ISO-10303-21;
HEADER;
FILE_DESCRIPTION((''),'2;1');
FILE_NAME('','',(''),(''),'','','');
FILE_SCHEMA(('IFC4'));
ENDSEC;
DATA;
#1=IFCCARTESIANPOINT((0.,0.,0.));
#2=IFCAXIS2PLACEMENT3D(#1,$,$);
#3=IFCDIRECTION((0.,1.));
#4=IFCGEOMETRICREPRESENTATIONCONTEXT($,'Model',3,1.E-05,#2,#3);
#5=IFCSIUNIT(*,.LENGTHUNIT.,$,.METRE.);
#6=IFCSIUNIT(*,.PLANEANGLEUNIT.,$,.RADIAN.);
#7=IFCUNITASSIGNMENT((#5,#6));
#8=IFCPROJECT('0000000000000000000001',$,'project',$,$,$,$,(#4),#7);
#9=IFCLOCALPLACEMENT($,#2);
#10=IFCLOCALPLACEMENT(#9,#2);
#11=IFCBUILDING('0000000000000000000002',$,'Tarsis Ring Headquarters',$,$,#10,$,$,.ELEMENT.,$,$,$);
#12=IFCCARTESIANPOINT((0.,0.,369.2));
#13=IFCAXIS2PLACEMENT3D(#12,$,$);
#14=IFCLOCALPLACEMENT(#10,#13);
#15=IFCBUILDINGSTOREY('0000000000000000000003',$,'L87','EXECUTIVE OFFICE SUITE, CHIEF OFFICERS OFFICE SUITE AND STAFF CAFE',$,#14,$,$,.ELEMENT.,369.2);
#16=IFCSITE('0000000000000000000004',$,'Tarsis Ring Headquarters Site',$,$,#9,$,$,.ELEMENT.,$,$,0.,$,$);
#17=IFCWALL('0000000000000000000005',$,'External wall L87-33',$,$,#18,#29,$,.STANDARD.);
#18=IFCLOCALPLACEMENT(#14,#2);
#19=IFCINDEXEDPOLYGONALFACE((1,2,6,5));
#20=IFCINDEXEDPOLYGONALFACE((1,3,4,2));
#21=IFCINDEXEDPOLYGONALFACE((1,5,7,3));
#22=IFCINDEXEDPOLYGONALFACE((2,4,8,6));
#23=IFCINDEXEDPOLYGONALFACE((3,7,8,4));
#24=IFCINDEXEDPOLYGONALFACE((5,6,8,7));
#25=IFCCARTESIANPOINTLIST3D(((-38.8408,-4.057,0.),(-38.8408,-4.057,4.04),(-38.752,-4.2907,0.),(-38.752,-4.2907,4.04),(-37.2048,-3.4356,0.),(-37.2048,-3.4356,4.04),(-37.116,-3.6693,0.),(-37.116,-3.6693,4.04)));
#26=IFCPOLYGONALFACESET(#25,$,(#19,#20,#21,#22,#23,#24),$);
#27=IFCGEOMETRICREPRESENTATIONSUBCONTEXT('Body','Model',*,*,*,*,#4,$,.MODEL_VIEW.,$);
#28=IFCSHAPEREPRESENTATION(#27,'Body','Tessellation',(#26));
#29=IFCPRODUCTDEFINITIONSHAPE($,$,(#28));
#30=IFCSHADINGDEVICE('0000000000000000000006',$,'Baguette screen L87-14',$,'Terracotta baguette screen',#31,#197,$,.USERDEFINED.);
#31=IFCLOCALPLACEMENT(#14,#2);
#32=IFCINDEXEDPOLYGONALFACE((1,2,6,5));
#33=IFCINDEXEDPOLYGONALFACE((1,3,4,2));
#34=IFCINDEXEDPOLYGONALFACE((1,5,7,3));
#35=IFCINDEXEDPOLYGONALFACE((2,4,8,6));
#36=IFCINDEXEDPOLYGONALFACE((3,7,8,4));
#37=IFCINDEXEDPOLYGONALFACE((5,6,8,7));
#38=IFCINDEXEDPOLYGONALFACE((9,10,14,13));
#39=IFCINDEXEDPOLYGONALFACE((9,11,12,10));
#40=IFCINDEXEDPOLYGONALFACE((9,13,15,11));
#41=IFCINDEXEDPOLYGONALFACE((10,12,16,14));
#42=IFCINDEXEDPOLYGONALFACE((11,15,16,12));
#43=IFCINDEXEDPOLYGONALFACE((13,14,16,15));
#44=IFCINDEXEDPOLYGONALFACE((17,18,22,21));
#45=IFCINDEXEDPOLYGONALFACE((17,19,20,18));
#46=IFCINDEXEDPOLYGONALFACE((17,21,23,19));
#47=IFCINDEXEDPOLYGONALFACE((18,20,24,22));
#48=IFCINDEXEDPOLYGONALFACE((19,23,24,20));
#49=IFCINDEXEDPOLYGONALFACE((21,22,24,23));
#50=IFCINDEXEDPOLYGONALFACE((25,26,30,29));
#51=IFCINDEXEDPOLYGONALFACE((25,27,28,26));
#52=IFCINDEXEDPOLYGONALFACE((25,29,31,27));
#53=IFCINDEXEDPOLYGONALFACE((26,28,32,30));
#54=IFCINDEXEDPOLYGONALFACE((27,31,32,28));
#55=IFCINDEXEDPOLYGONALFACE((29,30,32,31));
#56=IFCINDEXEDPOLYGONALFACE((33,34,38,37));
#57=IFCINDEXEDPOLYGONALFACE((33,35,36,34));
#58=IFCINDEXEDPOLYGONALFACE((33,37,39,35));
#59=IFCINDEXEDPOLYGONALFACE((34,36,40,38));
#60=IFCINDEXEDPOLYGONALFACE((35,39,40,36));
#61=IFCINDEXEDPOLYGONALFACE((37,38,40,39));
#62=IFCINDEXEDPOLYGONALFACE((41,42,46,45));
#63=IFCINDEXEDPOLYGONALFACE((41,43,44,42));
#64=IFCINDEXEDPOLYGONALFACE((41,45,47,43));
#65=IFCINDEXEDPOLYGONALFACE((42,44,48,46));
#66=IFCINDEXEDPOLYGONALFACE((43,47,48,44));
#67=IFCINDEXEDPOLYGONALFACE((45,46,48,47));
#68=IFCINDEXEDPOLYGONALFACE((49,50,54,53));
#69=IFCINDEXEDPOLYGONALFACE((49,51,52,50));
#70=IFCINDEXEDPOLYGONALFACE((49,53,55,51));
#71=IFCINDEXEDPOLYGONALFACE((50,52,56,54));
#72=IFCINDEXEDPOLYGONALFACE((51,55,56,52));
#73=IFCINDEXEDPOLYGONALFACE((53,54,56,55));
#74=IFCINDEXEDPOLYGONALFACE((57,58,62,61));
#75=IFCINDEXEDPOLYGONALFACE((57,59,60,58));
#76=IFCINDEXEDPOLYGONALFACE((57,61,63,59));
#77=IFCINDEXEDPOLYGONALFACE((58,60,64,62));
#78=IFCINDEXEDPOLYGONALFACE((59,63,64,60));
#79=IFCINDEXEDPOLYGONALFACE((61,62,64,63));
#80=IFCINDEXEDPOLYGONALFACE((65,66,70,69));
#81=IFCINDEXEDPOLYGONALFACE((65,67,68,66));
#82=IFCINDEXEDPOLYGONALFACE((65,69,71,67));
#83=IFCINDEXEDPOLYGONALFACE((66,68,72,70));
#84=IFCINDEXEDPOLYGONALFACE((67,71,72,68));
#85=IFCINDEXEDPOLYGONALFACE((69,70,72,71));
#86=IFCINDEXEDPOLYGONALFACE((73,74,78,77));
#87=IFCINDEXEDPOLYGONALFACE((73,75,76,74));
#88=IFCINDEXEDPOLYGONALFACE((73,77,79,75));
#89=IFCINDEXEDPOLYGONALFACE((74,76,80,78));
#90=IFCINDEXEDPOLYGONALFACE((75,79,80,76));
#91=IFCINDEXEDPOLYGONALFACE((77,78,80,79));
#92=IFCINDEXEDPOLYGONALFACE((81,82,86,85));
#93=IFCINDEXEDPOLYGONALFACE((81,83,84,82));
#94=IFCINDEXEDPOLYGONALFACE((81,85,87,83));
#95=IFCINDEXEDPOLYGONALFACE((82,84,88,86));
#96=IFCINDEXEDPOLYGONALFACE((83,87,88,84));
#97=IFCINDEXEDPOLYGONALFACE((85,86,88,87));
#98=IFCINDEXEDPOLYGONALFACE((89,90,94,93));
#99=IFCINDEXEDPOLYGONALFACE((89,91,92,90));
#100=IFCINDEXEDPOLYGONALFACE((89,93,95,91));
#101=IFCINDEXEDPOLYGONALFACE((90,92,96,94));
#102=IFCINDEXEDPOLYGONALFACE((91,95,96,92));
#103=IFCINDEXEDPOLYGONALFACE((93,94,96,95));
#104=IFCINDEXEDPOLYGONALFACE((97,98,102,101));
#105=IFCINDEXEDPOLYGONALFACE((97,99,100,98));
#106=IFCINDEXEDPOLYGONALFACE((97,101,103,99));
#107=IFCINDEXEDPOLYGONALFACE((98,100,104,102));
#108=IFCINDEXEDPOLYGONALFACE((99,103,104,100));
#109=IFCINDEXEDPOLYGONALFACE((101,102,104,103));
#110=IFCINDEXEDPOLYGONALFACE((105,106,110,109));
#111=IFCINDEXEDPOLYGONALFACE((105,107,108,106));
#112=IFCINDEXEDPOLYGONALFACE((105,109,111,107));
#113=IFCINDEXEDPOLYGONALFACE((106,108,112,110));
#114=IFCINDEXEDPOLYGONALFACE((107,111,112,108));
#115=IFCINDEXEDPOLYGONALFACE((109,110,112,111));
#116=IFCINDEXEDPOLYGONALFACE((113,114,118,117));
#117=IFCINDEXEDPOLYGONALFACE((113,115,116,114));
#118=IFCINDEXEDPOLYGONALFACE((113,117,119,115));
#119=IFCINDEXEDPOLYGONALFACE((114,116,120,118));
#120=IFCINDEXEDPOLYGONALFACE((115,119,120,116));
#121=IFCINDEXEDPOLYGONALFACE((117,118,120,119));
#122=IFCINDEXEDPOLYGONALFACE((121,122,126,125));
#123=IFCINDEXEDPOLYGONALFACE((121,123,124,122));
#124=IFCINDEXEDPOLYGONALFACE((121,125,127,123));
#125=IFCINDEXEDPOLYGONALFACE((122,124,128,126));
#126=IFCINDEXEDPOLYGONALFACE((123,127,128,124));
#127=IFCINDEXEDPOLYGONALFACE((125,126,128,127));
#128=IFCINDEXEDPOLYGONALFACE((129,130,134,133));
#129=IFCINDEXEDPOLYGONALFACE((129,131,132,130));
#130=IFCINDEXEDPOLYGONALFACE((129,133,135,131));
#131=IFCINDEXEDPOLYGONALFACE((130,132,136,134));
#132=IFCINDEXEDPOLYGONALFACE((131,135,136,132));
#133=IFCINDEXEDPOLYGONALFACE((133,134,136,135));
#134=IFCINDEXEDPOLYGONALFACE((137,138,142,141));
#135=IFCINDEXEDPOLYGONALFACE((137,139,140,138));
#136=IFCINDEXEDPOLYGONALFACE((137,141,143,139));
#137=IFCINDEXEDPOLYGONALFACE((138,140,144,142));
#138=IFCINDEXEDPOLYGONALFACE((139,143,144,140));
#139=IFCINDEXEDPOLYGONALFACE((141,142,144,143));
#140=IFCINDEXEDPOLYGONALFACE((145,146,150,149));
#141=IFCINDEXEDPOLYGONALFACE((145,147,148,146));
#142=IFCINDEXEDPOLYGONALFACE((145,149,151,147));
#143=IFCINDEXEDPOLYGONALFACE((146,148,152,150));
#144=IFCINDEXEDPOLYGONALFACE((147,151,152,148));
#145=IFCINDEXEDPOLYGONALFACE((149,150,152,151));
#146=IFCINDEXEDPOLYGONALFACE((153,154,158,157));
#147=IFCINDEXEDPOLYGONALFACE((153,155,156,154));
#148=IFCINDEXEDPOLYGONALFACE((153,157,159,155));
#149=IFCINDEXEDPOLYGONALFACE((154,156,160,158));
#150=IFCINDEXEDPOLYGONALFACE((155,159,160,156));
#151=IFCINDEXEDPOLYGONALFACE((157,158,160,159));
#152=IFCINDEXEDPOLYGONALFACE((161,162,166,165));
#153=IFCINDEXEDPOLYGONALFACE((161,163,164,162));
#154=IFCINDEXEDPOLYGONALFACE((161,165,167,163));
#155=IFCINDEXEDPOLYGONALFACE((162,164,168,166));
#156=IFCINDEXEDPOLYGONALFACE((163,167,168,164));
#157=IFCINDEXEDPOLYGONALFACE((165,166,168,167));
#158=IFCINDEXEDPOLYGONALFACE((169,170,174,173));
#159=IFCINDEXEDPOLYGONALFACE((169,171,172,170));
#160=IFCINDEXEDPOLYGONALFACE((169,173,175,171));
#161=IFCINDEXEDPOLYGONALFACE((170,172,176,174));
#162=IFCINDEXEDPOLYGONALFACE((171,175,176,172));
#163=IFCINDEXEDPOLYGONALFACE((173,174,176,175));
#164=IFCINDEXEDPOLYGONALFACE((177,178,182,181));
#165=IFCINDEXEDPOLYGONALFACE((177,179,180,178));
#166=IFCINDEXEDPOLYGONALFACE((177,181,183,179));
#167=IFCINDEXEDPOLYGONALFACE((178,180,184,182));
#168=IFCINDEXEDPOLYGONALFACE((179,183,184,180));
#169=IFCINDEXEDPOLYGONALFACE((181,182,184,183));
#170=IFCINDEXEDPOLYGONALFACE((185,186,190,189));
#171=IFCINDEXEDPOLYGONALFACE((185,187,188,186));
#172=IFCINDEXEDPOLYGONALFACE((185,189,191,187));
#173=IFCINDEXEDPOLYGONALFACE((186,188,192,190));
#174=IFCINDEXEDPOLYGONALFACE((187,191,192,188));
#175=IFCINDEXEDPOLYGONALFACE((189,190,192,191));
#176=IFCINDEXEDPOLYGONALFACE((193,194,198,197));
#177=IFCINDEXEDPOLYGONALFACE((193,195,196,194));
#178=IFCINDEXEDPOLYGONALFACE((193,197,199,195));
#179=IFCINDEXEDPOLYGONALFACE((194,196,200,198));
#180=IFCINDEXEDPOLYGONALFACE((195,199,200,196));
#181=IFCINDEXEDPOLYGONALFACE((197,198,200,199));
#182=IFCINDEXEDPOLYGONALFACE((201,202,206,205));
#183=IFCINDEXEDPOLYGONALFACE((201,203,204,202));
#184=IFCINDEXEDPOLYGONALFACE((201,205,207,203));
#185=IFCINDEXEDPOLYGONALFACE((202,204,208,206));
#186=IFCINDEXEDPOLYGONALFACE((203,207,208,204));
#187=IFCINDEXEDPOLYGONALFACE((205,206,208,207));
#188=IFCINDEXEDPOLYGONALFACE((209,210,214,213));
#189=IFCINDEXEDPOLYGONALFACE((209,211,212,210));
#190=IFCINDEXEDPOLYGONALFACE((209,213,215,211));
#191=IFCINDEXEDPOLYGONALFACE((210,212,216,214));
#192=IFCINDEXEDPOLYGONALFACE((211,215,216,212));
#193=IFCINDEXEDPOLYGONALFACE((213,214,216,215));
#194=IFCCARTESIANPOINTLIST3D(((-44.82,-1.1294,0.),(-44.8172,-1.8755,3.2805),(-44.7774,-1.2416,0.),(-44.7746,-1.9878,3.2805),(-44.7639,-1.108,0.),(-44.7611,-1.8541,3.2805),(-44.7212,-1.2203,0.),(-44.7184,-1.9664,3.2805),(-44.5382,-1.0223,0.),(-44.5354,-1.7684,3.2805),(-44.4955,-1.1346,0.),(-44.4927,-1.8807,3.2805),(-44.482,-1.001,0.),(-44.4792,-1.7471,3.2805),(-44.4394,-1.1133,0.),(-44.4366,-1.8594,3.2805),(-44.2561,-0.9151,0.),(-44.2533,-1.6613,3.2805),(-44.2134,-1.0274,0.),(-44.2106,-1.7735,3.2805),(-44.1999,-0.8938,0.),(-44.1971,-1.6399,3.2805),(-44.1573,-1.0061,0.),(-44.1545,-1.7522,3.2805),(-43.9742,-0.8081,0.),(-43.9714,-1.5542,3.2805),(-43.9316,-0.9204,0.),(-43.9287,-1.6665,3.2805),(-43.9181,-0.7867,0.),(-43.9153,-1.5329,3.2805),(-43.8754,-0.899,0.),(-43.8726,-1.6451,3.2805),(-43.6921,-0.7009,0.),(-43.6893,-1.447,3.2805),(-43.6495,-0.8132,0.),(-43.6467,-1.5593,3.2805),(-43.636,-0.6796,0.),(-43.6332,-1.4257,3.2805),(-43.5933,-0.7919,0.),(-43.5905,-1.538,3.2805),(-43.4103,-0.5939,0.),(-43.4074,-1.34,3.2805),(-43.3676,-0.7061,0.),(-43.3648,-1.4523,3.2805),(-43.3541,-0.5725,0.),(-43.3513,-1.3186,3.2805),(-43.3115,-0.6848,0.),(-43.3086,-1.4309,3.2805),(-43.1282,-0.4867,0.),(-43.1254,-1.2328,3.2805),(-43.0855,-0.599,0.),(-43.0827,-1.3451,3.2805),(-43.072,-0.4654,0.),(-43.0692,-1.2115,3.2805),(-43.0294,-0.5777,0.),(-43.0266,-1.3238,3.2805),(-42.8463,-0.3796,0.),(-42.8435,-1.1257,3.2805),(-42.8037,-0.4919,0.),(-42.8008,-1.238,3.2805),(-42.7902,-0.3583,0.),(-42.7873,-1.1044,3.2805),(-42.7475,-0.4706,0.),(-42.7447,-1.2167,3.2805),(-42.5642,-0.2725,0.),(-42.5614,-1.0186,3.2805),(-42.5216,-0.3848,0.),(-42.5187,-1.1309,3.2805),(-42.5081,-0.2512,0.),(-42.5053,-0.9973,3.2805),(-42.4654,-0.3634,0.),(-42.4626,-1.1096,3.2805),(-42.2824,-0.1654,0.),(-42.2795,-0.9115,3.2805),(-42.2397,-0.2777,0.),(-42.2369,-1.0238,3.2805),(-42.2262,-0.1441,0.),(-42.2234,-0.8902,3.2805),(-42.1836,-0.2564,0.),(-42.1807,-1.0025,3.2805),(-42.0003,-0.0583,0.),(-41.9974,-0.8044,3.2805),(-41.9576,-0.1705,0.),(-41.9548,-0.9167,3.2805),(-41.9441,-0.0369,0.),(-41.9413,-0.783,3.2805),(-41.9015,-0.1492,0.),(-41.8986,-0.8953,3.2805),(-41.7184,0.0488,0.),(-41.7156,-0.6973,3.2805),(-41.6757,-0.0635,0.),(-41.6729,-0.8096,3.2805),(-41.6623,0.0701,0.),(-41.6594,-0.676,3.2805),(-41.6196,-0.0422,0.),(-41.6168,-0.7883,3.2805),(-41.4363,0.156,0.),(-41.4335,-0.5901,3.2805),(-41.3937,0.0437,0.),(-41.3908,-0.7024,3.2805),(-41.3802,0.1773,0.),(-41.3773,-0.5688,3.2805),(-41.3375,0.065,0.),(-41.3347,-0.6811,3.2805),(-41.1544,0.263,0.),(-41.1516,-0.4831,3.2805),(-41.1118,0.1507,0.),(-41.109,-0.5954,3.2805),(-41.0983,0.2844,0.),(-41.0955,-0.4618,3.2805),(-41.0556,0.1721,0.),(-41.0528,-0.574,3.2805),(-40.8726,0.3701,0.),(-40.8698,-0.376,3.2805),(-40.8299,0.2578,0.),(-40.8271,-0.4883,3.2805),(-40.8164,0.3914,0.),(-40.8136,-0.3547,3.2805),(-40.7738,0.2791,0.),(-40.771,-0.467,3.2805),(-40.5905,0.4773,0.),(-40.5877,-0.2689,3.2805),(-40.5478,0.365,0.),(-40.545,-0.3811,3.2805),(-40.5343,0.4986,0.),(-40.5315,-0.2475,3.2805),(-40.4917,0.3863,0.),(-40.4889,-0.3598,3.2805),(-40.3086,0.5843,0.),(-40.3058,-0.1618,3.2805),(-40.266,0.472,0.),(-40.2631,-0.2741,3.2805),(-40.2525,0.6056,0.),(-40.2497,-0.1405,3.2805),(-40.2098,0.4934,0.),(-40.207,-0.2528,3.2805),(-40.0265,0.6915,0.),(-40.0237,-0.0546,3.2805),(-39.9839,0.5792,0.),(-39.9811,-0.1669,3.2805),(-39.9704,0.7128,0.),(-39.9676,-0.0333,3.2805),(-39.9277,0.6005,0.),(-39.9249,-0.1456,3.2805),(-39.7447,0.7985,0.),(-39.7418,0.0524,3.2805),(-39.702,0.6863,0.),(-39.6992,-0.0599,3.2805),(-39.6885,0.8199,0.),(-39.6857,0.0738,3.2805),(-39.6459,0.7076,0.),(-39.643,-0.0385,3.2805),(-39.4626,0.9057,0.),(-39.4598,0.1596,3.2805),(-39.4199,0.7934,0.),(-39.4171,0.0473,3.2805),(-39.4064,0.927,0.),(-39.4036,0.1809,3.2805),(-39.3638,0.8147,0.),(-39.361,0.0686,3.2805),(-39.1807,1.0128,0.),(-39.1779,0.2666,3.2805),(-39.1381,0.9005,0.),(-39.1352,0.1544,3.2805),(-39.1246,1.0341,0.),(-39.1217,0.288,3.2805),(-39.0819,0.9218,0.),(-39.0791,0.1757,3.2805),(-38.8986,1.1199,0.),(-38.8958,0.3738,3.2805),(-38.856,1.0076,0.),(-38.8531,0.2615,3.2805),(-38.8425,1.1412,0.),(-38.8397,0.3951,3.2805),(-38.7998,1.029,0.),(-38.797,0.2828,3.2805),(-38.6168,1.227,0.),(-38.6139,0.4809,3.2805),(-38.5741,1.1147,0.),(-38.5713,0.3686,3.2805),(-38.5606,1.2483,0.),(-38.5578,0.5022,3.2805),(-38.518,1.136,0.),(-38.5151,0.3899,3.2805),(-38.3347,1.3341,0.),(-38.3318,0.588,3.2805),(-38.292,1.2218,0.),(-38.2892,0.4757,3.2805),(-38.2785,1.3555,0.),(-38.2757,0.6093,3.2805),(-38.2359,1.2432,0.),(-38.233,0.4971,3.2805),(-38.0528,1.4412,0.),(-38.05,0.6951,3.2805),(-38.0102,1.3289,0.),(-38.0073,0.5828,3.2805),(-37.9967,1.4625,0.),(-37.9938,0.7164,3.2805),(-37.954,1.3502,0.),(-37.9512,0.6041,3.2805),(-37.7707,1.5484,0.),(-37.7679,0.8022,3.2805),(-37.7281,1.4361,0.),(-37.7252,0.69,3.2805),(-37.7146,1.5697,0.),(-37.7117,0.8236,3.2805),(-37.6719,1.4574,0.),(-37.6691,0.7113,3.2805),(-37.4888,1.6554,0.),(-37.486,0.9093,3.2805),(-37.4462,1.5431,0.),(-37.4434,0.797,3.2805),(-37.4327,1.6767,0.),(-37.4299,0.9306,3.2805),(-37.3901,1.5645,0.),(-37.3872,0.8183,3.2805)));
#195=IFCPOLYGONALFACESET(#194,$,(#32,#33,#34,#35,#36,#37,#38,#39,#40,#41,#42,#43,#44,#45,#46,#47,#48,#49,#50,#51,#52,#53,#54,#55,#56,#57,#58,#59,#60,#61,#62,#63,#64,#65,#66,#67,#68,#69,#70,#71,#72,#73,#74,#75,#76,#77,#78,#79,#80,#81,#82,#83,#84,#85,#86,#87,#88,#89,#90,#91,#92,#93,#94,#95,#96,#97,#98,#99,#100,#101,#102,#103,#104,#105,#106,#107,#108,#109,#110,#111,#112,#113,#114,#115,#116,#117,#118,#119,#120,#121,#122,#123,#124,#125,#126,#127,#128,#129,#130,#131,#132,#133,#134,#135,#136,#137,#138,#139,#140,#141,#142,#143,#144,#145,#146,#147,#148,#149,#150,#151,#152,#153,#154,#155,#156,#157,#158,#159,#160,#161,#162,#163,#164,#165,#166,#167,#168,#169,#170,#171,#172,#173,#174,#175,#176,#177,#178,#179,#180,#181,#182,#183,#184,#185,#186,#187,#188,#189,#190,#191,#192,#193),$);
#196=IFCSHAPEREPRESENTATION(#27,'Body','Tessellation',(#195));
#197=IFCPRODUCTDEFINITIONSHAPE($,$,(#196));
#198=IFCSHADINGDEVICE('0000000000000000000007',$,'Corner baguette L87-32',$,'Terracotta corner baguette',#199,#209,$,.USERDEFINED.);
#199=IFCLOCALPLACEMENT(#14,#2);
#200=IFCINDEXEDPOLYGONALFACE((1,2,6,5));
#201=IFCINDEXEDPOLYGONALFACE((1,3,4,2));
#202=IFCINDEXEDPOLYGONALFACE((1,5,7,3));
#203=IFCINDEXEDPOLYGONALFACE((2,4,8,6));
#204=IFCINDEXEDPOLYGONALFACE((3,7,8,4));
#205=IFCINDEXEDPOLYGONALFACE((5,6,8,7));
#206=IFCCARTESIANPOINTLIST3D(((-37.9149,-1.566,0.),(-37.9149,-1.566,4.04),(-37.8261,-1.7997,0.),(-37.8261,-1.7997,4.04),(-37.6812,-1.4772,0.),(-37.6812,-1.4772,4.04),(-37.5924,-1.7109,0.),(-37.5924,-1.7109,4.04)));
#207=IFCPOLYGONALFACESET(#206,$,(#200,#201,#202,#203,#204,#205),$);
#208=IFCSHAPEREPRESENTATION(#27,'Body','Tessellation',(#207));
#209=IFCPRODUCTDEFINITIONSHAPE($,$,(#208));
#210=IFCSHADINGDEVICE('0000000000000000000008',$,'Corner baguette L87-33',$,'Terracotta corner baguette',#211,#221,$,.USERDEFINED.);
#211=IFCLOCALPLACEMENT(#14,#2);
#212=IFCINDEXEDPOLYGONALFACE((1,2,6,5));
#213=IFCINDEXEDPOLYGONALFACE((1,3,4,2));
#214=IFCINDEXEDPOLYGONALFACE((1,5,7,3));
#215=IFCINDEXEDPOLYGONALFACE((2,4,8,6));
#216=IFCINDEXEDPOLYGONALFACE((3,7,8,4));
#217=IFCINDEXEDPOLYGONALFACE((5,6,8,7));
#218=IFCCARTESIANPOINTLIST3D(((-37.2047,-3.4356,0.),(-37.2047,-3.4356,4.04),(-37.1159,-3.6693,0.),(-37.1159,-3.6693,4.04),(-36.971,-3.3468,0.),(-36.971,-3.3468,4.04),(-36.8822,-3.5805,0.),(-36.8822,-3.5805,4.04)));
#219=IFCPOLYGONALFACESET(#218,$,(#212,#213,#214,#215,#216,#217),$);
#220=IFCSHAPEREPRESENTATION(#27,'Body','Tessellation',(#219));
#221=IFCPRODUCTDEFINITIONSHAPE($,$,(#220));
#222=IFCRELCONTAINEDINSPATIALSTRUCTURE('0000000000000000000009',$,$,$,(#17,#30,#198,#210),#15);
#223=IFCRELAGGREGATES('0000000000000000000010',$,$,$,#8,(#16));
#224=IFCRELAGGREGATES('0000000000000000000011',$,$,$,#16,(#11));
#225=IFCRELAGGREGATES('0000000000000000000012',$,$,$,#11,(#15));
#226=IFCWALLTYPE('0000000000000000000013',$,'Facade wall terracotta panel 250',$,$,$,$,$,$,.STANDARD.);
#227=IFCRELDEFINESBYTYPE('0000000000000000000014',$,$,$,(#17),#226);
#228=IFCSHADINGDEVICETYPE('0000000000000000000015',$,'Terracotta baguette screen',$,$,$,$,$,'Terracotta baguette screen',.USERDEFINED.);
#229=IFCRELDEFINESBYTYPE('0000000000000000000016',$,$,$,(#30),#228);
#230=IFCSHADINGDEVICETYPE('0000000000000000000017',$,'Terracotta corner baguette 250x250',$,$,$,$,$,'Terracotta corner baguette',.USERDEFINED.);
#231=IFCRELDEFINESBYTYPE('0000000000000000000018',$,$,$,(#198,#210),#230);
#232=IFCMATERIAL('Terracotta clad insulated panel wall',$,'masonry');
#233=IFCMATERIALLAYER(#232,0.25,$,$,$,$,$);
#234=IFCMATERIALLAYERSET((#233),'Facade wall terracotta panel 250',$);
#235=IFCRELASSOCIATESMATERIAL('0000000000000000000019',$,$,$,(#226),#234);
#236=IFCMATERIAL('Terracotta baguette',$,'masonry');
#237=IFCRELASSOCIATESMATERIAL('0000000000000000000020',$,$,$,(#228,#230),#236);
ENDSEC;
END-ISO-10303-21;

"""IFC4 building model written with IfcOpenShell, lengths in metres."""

from ifc_helpers import new_model, si_unit, direction, frame, frame_2d, origin, origin_2d, place, context, subcontext, project, spatial, rectangle, composite_profile, extrude, material, layer, layer_set, type_object, element, save


model = new_model("IFC4")

# Units and contexts
model_context = context("Model", 3, precision=1e-05, world=origin(), true_north=direction((0.0, 1.0)))
body_context = subcontext(model_context, "Body", "Model", "MODEL_VIEW")
ifc_project = project(units=[si_unit("LENGTHUNIT", "METRE"), si_unit("PLANEANGLEUNIT", "RADIAN")], contexts=[model_context])

# Site, building, storey
site_placement = place(None, origin())
site = spatial("IfcSite", under=ifc_project, at=site_placement, Name="Tarsis Ring Headquarters Site", CompositionType="ELEMENT", RefElevation=0.0)
building_placement = place(site_placement, origin())
building = spatial("IfcBuilding", under=site, at=building_placement, Name="Tarsis Ring Headquarters", CompositionType="ELEMENT")
storey_placement = place(building_placement, frame((0.0, 0.0, 369.2)))
storey = spatial("IfcBuildingStorey", under=building, at=storey_placement, Name="L87", Description="EXECUTIVE OFFICE SUITE, CHIEF OFFICERS OFFICE SUITE AND STAFF CAFE", CompositionType="ELEMENT", Elevation=369.2)

# Wall
ifc_material_1 = material(Name="Terracotta clad insulated panel wall", Category="masonry")
ifc_layer_1 = layer(ifc_material_1, 0.25)
ifc_layer_set_1 = layer_set([ifc_layer_1], Name="Facade wall terracotta panel 250")
wall_type = type_object("IfcWallType", Name="Facade wall terracotta panel 250", PredefinedType="STANDARD", material=ifc_layer_set_1)
wall_1_placement = place(storey_placement, frame((-37.1604, -3.5525, 0.0), z_axis=(0.0, 0.0, 1.0), x_axis=(-0.934847, -0.35505, 0.0)))
element("IfcWall", 1, at=wall_1_placement, inside=storey, type_object=wall_type, Name="External wall L87-33", PredefinedType="STANDARD", context=body_context, shape_type="SweptSolid", body=[
    extrude(rectangle(XDim=1.75, YDim=0.25, at=frame_2d((0.875, 0.0))), origin(), (0.0, 0.0, 1.0), 4.04),
])

# Shading devices
ifc_material_2 = material(Name="Terracotta baguette", Category="masonry")
shading_device_type_1 = type_object("IfcShadingDeviceType", Name="Terracotta baguette screen", ElementType="Terracotta baguette screen", PredefinedType="USERDEFINED", material=ifc_material_2)
shading_device_1_placement = place(storey_placement, frame((-37.4114, 1.6206, 0.0), z_axis=(0.0, 0.0, 1.0), x_axis=(-0.934843, -0.355104, 0.0)))
element("IfcShadingDevice", 2, at=shading_device_1_placement, inside=storey, type_object=shading_device_type_1, Name="Baguette screen L87-14", ObjectType="Terracotta baguette screen", PredefinedType="USERDEFINED", context=body_context, shape_type="SweptSolid", body=[
    extrude(composite_profile([rectangle(XDim=0.0601, YDim=0.1201, at=frame_2d((0.03, 0.0))), rectangle(XDim=0.0601, YDim=0.1201, at=frame_2d((0.3315, 0.0))), rectangle(XDim=0.0601, YDim=0.1201, at=frame_2d((0.6333, 0.0))), rectangle(XDim=0.0601, YDim=0.1201, at=frame_2d((0.9348, 0.0))), rectangle(XDim=0.0601, YDim=0.1201, at=frame_2d((1.2366, 0.0))), rectangle(XDim=0.0601, YDim=0.1201, at=frame_2d((1.5381, 0.0))), rectangle(XDim=0.0601, YDim=0.1201, at=frame_2d((1.8398, 0.0))), rectangle(XDim=0.0601, YDim=0.1201, at=frame_2d((2.1414, 0.0))), rectangle(XDim=0.0601, YDim=0.1201, at=frame_2d((2.4431, 0.0))), rectangle(XDim=0.0601, YDim=0.1201, at=frame_2d((2.7446, 0.0))), rectangle(XDim=0.0601, YDim=0.1201, at=frame_2d((3.0464, 0.0))), rectangle(XDim=0.0601, YDim=0.1201, at=frame_2d((3.3479, 0.0))), rectangle(XDim=0.0601, YDim=0.1201, at=frame_2d((3.6497, 0.0))), rectangle(XDim=0.0601, YDim=0.1201, at=frame_2d((3.9512, 0.0))), rectangle(XDim=0.0601, YDim=0.1201, at=frame_2d((4.2527, 0.0))), rectangle(XDim=0.0601, YDim=0.1201, at=frame_2d((4.5544, 0.0))), rectangle(XDim=0.0601, YDim=0.1201, at=frame_2d((4.856, 0.0))), rectangle(XDim=0.0601, YDim=0.1201, at=frame_2d((5.1577, 0.0))), rectangle(XDim=0.0601, YDim=0.1201, at=frame_2d((5.4592, 0.0))), rectangle(XDim=0.0601, YDim=0.1201, at=frame_2d((5.761, 0.0))), rectangle(XDim=0.0601, YDim=0.1201, at=frame_2d((6.0625, 0.0))), rectangle(XDim=0.0601, YDim=0.1201, at=frame_2d((6.3643, 0.0))), rectangle(XDim=0.0601, YDim=0.1201, at=frame_2d((6.6658, 0.0))), rectangle(XDim=0.0601, YDim=0.1201, at=frame_2d((6.9675, 0.0))), rectangle(XDim=0.0601, YDim=0.1201, at=frame_2d((7.269, 0.0))), rectangle(XDim=0.0601, YDim=0.1201, at=frame_2d((7.5708, 0.0))), rectangle(XDim=0.0601, YDim=0.1201, at=frame_2d((7.8723, 0.0)))]), origin(), (0.077968, 0.207621, 0.975097), 3.3643),
])
shading_device_type_2 = type_object("IfcShadingDeviceType", Name="Terracotta corner baguette 250x250", ElementType="Terracotta corner baguette", PredefinedType="USERDEFINED", material=ifc_material_2)
for number, where, z_axis, x_axis, name in (
    (3, (-37.7537, -1.6384, 0.0), (0.0, 0.0, 1.0), (-0.934826, -0.355107, 0.0), "Corner baguette L87-32"),
    (4, (-37.0435, -3.5081, 0.0), (0.0, 0.0, 1.0), (0.355107, -0.934826, 0.0), "Corner baguette L87-33"),
):
    element("IfcShadingDevice", number, at=place(storey_placement, frame(where, z_axis=z_axis, x_axis=x_axis)), inside=storey, type_object=shading_device_type_2, Name=name, ObjectType="Terracotta corner baguette", PredefinedType="USERDEFINED", context=body_context, shape_type="SweptSolid", body=[
        extrude(rectangle(XDim=0.25, YDim=0.25, at=origin_2d()), origin(), (0.0, 0.0, 1.0), 4.04),
    ])

save(model, "model.ifc")
